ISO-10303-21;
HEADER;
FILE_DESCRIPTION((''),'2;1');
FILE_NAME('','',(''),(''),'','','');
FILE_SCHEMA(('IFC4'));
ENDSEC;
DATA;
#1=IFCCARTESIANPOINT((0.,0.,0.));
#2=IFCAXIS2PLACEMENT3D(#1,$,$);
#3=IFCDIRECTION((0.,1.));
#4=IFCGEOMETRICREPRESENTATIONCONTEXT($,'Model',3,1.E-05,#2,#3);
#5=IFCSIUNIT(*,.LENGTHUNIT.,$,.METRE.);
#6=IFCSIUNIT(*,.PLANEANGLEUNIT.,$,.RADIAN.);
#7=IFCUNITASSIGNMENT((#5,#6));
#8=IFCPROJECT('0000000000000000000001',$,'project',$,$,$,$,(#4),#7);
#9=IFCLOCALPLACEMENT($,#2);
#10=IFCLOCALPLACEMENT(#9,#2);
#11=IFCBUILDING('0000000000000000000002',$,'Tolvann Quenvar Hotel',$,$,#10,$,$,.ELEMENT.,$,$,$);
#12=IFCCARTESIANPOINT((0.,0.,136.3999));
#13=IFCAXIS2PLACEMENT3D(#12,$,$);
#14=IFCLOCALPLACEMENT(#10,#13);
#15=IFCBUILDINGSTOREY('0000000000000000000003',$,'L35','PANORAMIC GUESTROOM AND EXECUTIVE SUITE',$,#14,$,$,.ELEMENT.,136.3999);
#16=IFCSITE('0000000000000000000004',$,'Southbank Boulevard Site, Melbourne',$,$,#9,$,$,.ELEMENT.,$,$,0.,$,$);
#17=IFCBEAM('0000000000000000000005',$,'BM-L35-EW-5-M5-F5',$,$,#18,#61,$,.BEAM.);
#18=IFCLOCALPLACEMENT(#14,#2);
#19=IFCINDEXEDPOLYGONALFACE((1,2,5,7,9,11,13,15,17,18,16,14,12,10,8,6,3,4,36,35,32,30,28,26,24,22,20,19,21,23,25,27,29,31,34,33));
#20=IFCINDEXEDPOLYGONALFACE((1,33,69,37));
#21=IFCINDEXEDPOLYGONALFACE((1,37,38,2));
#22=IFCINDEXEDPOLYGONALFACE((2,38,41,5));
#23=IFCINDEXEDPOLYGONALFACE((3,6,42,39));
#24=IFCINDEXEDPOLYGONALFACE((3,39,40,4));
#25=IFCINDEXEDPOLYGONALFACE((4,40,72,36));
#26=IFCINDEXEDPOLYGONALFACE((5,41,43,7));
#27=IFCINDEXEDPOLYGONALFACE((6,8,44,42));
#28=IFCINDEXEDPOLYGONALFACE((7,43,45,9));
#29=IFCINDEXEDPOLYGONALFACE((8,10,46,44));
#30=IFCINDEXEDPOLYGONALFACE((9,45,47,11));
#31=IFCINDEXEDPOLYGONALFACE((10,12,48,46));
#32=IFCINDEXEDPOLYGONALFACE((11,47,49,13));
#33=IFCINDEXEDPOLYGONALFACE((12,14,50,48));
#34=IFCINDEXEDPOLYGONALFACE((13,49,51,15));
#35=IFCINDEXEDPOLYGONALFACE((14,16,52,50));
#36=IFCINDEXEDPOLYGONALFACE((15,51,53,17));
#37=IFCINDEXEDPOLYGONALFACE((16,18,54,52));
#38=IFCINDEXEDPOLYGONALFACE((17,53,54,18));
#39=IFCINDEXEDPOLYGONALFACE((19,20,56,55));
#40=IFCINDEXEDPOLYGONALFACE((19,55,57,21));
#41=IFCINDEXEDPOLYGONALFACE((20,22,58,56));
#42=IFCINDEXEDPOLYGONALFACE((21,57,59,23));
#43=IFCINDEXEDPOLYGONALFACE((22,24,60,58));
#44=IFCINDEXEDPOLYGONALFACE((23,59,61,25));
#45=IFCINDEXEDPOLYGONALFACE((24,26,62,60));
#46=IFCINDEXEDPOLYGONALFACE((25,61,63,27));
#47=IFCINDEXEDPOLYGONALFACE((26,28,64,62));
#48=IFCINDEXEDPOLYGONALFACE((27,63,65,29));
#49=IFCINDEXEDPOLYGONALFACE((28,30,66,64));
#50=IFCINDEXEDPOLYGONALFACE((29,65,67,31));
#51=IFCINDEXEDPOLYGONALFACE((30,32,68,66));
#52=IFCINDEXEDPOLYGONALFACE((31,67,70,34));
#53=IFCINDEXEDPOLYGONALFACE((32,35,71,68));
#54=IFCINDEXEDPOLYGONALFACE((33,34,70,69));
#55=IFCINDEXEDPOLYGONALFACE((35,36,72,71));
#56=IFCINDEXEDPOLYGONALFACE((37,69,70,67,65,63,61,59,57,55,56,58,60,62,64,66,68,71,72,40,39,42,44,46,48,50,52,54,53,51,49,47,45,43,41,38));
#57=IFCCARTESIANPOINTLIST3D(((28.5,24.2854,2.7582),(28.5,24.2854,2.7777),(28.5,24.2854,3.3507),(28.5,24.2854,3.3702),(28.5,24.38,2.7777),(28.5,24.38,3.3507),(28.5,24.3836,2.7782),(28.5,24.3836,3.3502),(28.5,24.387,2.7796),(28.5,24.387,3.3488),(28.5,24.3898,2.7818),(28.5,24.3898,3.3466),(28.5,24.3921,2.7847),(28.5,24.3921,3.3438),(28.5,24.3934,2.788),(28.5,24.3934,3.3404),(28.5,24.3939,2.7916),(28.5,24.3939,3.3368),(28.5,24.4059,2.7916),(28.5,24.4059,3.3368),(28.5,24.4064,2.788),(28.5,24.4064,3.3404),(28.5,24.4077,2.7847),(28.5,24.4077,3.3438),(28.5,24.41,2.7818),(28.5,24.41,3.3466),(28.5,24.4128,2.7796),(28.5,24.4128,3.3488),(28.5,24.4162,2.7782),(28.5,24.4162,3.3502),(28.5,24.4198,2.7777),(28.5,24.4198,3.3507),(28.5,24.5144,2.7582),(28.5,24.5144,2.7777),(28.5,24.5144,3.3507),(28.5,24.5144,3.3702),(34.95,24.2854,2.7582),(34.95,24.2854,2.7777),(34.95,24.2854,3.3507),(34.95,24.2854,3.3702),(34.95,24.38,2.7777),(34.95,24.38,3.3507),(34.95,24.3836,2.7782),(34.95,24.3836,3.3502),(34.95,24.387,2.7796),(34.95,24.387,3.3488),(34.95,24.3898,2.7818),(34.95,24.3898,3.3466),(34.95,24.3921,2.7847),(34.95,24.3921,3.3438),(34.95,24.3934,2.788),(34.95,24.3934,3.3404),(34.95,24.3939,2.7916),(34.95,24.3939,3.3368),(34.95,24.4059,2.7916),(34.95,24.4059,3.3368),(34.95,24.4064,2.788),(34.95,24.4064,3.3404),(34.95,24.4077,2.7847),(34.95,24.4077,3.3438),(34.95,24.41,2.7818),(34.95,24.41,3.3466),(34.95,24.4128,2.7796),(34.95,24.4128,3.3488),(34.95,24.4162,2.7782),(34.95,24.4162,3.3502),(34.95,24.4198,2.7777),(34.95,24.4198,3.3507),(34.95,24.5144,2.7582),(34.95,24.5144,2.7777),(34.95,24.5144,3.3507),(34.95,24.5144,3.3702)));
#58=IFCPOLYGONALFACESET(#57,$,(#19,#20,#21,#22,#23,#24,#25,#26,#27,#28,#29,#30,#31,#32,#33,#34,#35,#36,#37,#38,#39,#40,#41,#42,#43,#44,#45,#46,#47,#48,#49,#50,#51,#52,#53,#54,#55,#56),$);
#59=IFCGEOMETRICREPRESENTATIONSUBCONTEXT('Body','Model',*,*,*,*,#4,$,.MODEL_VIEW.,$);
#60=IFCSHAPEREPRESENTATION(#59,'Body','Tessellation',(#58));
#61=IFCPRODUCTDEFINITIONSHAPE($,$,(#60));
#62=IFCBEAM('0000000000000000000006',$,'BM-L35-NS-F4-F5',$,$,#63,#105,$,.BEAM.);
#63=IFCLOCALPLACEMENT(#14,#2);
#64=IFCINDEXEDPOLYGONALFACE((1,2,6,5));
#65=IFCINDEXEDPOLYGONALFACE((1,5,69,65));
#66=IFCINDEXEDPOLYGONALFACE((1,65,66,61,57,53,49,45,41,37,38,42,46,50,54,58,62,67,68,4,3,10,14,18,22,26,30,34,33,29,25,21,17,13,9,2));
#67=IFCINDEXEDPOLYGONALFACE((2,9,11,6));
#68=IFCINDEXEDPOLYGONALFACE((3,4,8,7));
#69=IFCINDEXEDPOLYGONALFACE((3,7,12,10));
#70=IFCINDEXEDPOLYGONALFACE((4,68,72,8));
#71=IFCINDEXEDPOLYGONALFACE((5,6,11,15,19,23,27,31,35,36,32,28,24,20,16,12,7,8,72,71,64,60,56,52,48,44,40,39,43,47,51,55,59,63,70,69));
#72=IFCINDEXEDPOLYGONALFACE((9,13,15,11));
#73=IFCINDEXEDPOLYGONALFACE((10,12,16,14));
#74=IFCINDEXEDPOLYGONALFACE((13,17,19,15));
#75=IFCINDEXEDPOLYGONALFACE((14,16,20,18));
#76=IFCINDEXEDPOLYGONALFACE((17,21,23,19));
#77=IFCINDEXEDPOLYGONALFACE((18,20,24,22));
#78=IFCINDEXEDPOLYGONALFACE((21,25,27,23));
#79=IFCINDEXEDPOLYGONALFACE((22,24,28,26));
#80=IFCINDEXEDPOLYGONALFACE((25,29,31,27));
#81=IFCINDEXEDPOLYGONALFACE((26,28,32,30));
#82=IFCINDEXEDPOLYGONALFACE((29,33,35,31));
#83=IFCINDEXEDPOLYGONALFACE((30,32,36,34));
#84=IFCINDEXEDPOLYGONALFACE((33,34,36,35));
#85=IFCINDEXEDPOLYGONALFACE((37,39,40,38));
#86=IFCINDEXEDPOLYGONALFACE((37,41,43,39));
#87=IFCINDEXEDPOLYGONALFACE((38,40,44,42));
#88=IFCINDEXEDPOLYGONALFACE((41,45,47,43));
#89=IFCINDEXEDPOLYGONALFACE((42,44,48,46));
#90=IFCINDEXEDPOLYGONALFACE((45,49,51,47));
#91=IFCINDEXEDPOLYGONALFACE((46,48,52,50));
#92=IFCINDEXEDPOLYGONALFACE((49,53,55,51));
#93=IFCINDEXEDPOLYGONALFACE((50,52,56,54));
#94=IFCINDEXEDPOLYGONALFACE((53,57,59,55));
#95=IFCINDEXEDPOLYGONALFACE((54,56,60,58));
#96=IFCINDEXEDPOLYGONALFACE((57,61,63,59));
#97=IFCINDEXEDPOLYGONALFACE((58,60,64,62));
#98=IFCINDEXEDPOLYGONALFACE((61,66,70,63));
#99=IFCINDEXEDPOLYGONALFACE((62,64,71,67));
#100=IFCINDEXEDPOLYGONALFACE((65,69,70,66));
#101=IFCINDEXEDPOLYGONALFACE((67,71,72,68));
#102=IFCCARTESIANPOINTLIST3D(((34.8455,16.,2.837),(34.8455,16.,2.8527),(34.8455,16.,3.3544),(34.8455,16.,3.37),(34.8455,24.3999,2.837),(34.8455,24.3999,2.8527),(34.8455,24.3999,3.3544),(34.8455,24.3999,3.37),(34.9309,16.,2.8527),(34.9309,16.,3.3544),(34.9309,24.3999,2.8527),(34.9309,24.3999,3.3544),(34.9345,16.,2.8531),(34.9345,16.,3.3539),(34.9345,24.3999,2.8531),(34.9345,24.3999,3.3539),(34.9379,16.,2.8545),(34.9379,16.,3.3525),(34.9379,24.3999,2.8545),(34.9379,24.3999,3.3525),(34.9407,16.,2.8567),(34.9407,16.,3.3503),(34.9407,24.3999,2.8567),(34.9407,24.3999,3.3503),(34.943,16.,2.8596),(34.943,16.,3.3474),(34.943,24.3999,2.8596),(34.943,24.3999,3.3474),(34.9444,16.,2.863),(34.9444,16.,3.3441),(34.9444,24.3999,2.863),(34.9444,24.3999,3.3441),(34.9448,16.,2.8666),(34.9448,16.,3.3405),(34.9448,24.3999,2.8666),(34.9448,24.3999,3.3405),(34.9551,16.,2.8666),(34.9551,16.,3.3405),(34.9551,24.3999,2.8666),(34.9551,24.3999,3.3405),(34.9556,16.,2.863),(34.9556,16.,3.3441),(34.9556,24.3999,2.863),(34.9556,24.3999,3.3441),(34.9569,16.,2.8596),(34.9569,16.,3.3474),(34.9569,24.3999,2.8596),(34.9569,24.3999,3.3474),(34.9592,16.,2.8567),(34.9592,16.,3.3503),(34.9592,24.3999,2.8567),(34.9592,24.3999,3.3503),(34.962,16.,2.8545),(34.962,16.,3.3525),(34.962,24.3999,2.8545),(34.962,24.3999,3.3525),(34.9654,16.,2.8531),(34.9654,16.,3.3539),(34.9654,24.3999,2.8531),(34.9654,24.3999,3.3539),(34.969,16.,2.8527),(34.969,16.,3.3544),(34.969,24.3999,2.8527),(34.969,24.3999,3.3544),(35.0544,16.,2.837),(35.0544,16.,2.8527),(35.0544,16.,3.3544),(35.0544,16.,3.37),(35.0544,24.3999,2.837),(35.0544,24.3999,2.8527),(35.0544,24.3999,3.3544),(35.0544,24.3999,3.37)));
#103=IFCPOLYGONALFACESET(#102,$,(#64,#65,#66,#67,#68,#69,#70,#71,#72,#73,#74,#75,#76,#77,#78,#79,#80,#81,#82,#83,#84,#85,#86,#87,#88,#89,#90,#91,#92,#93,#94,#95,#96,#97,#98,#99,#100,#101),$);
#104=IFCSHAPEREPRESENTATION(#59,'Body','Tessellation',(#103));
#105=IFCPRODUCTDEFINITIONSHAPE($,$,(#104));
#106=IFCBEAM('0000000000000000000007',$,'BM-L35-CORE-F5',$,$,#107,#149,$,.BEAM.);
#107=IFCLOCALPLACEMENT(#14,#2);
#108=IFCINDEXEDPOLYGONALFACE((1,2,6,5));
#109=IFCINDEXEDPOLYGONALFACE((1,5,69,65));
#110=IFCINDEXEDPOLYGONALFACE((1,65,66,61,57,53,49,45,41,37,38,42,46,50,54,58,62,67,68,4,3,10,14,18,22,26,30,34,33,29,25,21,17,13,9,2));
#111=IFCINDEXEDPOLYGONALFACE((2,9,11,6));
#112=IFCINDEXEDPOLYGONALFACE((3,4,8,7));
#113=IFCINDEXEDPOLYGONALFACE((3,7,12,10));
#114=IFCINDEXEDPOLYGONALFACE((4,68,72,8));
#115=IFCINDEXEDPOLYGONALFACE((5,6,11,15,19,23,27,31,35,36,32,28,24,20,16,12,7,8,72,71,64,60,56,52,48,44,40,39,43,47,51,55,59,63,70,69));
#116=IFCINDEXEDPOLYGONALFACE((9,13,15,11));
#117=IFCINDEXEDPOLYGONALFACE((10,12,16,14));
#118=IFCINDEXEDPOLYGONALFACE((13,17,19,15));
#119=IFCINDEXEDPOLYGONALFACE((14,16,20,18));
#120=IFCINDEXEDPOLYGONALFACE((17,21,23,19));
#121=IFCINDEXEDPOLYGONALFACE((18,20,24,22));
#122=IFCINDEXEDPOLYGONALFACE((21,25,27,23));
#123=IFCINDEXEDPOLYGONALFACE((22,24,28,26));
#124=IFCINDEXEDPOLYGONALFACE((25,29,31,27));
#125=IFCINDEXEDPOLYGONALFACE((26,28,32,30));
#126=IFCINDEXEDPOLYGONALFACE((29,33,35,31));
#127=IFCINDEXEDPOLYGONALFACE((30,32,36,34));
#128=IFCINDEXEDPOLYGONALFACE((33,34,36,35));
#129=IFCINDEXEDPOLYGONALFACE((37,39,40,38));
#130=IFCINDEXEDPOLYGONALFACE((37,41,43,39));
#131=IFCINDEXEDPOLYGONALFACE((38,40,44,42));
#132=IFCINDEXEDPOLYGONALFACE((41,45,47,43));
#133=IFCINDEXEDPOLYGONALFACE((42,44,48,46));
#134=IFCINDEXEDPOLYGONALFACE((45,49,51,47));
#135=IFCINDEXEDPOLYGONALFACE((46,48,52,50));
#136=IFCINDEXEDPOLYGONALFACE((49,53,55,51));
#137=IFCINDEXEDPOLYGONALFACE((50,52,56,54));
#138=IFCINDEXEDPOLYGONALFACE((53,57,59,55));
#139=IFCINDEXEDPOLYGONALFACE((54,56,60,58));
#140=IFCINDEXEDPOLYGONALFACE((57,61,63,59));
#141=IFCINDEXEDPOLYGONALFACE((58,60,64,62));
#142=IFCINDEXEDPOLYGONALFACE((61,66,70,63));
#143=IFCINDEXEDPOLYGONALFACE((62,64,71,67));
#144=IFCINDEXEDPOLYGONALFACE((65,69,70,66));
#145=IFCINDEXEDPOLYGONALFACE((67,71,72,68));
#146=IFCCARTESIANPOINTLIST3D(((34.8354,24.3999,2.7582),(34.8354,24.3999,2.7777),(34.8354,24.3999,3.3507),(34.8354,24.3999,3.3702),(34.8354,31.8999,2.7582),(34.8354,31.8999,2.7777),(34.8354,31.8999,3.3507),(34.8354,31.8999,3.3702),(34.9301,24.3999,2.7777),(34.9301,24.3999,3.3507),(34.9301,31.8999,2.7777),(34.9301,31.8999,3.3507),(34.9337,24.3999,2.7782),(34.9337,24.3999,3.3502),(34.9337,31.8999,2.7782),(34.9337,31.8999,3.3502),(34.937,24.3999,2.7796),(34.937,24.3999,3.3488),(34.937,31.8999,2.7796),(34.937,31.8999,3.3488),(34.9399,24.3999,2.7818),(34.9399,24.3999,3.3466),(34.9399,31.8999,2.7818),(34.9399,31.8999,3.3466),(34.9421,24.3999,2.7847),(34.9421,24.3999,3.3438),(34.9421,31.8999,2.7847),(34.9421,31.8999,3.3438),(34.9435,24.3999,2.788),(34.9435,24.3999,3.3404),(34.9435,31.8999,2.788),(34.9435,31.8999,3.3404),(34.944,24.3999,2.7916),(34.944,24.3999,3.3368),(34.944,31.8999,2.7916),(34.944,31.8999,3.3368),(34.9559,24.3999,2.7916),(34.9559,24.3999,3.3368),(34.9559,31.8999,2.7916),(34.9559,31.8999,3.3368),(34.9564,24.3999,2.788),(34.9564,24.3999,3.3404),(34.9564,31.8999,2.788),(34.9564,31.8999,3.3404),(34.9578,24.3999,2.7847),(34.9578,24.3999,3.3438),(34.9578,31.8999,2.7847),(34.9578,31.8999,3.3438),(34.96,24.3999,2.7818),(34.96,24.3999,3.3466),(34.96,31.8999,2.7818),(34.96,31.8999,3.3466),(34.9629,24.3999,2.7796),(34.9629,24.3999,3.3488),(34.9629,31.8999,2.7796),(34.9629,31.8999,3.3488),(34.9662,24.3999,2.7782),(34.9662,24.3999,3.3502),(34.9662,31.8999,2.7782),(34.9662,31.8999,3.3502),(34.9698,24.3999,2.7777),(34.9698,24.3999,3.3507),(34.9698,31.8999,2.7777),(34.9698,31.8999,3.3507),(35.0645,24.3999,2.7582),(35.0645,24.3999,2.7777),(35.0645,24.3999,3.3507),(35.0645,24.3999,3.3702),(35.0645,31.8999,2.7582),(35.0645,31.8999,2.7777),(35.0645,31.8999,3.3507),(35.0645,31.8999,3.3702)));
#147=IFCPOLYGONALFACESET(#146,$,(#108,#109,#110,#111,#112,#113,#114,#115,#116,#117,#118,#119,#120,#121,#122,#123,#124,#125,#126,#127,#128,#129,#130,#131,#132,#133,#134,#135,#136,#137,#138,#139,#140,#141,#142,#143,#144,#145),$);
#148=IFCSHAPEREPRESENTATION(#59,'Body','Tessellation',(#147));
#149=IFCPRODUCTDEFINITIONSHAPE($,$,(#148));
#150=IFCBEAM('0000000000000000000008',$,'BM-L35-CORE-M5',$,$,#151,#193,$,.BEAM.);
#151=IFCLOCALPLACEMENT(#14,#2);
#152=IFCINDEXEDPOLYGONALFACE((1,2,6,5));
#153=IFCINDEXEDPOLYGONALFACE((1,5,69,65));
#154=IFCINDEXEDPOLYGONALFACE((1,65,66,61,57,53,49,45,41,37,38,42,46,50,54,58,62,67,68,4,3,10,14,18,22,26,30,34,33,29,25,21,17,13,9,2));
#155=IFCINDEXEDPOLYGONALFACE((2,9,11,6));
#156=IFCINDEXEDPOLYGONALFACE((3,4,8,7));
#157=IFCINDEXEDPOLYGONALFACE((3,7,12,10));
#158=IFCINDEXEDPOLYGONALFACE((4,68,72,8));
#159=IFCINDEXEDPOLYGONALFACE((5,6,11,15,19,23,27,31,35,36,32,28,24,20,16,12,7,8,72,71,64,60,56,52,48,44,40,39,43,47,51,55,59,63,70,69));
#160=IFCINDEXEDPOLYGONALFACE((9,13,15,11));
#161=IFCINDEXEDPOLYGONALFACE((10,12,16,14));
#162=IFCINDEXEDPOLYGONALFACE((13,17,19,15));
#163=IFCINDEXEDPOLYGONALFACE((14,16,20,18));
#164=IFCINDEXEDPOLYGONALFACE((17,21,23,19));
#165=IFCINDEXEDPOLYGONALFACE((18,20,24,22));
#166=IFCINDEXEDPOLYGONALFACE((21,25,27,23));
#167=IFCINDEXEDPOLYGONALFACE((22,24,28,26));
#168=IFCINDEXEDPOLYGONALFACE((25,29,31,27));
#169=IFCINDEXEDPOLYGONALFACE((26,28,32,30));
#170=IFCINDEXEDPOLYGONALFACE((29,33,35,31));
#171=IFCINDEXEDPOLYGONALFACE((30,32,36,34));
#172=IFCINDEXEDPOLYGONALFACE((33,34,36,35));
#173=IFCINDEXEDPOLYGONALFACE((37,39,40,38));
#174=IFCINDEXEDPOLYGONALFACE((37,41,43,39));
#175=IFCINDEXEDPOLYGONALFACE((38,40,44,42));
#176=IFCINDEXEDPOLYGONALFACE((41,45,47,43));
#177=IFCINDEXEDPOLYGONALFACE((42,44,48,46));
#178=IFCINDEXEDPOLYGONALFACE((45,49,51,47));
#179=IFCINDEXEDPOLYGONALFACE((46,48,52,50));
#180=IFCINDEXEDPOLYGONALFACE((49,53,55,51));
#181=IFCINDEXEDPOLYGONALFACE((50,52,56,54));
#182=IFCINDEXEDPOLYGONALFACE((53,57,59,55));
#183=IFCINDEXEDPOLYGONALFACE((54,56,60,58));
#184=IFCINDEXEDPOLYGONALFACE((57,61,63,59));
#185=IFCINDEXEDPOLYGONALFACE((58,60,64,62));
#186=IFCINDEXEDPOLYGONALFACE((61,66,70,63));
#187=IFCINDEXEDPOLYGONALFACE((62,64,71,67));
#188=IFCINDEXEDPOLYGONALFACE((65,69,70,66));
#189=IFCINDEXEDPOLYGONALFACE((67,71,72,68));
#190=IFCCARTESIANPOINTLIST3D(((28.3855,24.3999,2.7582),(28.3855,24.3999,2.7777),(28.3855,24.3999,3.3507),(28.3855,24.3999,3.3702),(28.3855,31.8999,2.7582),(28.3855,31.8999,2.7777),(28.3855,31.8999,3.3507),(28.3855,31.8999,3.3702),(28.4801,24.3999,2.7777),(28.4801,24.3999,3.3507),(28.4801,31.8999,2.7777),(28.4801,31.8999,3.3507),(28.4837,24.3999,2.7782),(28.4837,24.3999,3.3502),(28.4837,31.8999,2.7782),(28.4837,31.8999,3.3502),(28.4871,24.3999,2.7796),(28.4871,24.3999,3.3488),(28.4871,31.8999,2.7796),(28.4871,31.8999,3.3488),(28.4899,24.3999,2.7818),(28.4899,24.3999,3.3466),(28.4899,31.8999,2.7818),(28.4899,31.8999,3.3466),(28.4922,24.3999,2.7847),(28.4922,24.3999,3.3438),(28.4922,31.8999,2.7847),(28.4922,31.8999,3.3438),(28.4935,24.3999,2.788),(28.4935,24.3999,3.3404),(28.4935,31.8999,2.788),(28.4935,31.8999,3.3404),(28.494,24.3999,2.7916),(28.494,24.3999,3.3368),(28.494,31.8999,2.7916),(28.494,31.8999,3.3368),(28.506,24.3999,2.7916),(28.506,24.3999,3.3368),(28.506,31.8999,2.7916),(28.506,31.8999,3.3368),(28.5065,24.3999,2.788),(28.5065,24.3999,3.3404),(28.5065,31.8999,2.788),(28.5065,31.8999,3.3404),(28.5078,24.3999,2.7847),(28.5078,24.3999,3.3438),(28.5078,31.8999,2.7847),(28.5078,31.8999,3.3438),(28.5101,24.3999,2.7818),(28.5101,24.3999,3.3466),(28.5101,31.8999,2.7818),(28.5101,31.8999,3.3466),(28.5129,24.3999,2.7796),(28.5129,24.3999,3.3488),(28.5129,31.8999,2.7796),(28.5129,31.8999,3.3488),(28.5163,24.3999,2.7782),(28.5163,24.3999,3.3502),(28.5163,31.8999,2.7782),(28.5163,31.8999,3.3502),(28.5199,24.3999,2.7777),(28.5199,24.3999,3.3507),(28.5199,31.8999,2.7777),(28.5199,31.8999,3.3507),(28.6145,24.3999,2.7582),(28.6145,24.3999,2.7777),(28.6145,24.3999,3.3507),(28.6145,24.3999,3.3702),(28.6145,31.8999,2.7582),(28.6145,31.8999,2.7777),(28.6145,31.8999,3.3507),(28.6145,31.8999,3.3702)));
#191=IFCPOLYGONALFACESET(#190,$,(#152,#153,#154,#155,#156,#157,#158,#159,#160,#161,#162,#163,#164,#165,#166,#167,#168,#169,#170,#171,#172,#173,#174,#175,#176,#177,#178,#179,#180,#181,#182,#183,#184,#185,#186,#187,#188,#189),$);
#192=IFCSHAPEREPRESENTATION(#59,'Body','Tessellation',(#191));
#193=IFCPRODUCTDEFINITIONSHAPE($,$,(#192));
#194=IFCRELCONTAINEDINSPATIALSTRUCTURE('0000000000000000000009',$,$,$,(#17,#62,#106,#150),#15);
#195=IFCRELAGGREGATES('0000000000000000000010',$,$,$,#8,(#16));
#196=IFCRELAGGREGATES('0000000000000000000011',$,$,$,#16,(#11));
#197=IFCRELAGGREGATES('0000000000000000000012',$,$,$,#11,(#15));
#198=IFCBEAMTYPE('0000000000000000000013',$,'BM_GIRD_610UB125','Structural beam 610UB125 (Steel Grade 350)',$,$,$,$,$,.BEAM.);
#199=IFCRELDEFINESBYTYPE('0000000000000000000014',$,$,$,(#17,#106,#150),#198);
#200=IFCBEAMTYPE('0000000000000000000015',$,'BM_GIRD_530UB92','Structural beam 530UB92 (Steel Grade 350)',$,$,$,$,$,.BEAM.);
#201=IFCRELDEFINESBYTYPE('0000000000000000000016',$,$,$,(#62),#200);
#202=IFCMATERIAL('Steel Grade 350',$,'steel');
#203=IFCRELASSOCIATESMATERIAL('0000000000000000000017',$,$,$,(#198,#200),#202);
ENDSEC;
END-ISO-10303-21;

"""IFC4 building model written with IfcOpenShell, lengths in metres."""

from ifc_helpers import new_model, si_unit, direction, frame, origin, origin_2d, place, context, subcontext, project, spatial, i_section, extrude, source, transform, mapped, material, material_profile, profile_set, type_object, type_shapes, element, save


model = new_model("IFC4")

# Units and contexts
model_context = context("Model", 3, precision=1e-05, world=origin(), true_north=direction((0.0, 1.0)))
body_context = subcontext(model_context, "Body", "Model", "MODEL_VIEW")
ifc_project = project(units=[si_unit("LENGTHUNIT", "METRE"), si_unit("PLANEANGLEUNIT", "RADIAN")], contexts=[model_context])

# Site, building, storey
site_placement = place(None, origin())
site = spatial("IfcSite", under=ifc_project, at=site_placement, Name="Southbank Boulevard Site, Melbourne", CompositionType="ELEMENT", RefElevation=0.0)
building_placement = place(site_placement, origin())
building = spatial("IfcBuilding", under=site, at=building_placement, Name="Tolvann Quenvar Hotel", CompositionType="ELEMENT")
storey_placement = place(building_placement, frame((0.0, 0.0, 136.3999)))
storey = spatial("IfcBuildingStorey", under=building, at=storey_placement, Name="L35", Description="PANORAMIC GUESTROOM AND EXECUTIVE SUITE", CompositionType="ELEMENT", Elevation=136.3999)

# Shared definitions
ifc_material_1 = material(Name="Steel Grade 350", Category="steel")

# Beams
ifc_material_profile_1 = material_profile(ifc_material_1, i_section(OverallWidth=0.229, OverallDepth=0.6121, WebThickness=0.012, FlangeThickness=0.0195, FilletRadius=0.0139, at=origin_2d()), Name="610UB125")
ifc_profile_set_1 = profile_set([ifc_material_profile_1], Name="Steel Grade 350")
beam_type_1 = type_object("IfcBeamType", Name="BM_GIRD_610UB125", Description="Structural beam 610UB125 (Steel Grade 350)", PredefinedType="BEAM", material=ifc_profile_set_1)
shared_shape_1 = source(origin(), body_context, "Body", "SweptSolid", [
    extrude(i_section(OverallWidth=0.229, OverallDepth=0.6121, WebThickness=0.012, FlangeThickness=0.0195, FilletRadius=0.0139, at=origin_2d()), origin(), (0.0, 0.0, 1.0), 6.45),
])
beam_1_placement = place(storey_placement, frame((28.5, 24.3999, 3.0642), z_axis=(1.0, 0.0, 0.0), x_axis=(0.0, 1.0, 0.0)))
element("IfcBeam", 1, at=beam_1_placement, inside=storey, type_object=beam_type_1, Name="BM-L35-EW-5-M5-F5", PredefinedType="BEAM", context=body_context, shape_type="MappedRepresentation", body=[
    mapped(shared_shape_1, transform((0.0, 0.0, 0.0), x_axis=(1.0, 0.0, 0.0), y_axis=(0.0, 1.0, 0.0), z_axis=(0.0, 0.0, 1.0), scale=1.0)),
])
ifc_material_profile_2 = material_profile(ifc_material_1, i_section(OverallWidth=0.209, OverallDepth=0.533, WebThickness=0.0103, FlangeThickness=0.0156, FilletRadius=0.0139, at=origin_2d()), Name="530UB92")
ifc_profile_set_2 = profile_set([ifc_material_profile_2], Name="Steel Grade 350")
beam_type_2 = type_object("IfcBeamType", Name="BM_GIRD_530UB92", Description="Structural beam 530UB92 (Steel Grade 350)", PredefinedType="BEAM", material=ifc_profile_set_2)
shared_shape_2 = source(origin(), body_context, "Body", "SweptSolid", [
    extrude(i_section(OverallWidth=0.209, OverallDepth=0.533, WebThickness=0.0103, FlangeThickness=0.0156, FilletRadius=0.0139, at=origin_2d()), origin(), (0.0, 0.0, 1.0), 8.3999),
])
type_shapes(beam_type_2, [shared_shape_2])
beam_2_placement = place(storey_placement, frame((34.95, 16.0, 3.1035), z_axis=(0.0, 1.0, 0.0), x_axis=(-1.0, 0.0, 0.0)))
element("IfcBeam", 2, at=beam_2_placement, inside=storey, type_object=beam_type_2, Name="BM-L35-NS-F4-F5", PredefinedType="BEAM", context=body_context, shape_type="MappedRepresentation", body=[
    mapped(shared_shape_2, transform((0.0, 0.0, 0.0), x_axis=(1.0, 0.0, 0.0), y_axis=(0.0, 1.0, 0.0), z_axis=(0.0, 0.0, 1.0), scale=1.0)),
])
shared_shape_3 = source(origin(), body_context, "Body", "SweptSolid", [
    extrude(i_section(OverallWidth=0.229, OverallDepth=0.6121, WebThickness=0.012, FlangeThickness=0.0195, FilletRadius=0.0139, at=origin_2d()), origin(), (0.0, 0.0, 1.0), 7.5),
])
for number, where, z_axis, x_axis, name in (
    (3, (34.95, 24.3999, 3.0642), (0.0, 1.0, 0.0), (-1.0, 0.0, 0.0), "BM-L35-CORE-F5"),
    (4, (28.5, 24.3999, 3.0642), (0.0, 1.0, 0.0), (-1.0, 0.0, 0.0), "BM-L35-CORE-M5"),
):
    element("IfcBeam", number, at=place(storey_placement, frame(where, z_axis=z_axis, x_axis=x_axis)), inside=storey, type_object=beam_type_1, Name=name, PredefinedType="BEAM", context=body_context, shape_type="MappedRepresentation", body=[
        mapped(shared_shape_3, transform((0.0, 0.0, 0.0), x_axis=(1.0, 0.0, 0.0), y_axis=(0.0, 1.0, 0.0), z_axis=(0.0, 0.0, 1.0), scale=1.0)),
    ])

save(model, "model.ifc")
